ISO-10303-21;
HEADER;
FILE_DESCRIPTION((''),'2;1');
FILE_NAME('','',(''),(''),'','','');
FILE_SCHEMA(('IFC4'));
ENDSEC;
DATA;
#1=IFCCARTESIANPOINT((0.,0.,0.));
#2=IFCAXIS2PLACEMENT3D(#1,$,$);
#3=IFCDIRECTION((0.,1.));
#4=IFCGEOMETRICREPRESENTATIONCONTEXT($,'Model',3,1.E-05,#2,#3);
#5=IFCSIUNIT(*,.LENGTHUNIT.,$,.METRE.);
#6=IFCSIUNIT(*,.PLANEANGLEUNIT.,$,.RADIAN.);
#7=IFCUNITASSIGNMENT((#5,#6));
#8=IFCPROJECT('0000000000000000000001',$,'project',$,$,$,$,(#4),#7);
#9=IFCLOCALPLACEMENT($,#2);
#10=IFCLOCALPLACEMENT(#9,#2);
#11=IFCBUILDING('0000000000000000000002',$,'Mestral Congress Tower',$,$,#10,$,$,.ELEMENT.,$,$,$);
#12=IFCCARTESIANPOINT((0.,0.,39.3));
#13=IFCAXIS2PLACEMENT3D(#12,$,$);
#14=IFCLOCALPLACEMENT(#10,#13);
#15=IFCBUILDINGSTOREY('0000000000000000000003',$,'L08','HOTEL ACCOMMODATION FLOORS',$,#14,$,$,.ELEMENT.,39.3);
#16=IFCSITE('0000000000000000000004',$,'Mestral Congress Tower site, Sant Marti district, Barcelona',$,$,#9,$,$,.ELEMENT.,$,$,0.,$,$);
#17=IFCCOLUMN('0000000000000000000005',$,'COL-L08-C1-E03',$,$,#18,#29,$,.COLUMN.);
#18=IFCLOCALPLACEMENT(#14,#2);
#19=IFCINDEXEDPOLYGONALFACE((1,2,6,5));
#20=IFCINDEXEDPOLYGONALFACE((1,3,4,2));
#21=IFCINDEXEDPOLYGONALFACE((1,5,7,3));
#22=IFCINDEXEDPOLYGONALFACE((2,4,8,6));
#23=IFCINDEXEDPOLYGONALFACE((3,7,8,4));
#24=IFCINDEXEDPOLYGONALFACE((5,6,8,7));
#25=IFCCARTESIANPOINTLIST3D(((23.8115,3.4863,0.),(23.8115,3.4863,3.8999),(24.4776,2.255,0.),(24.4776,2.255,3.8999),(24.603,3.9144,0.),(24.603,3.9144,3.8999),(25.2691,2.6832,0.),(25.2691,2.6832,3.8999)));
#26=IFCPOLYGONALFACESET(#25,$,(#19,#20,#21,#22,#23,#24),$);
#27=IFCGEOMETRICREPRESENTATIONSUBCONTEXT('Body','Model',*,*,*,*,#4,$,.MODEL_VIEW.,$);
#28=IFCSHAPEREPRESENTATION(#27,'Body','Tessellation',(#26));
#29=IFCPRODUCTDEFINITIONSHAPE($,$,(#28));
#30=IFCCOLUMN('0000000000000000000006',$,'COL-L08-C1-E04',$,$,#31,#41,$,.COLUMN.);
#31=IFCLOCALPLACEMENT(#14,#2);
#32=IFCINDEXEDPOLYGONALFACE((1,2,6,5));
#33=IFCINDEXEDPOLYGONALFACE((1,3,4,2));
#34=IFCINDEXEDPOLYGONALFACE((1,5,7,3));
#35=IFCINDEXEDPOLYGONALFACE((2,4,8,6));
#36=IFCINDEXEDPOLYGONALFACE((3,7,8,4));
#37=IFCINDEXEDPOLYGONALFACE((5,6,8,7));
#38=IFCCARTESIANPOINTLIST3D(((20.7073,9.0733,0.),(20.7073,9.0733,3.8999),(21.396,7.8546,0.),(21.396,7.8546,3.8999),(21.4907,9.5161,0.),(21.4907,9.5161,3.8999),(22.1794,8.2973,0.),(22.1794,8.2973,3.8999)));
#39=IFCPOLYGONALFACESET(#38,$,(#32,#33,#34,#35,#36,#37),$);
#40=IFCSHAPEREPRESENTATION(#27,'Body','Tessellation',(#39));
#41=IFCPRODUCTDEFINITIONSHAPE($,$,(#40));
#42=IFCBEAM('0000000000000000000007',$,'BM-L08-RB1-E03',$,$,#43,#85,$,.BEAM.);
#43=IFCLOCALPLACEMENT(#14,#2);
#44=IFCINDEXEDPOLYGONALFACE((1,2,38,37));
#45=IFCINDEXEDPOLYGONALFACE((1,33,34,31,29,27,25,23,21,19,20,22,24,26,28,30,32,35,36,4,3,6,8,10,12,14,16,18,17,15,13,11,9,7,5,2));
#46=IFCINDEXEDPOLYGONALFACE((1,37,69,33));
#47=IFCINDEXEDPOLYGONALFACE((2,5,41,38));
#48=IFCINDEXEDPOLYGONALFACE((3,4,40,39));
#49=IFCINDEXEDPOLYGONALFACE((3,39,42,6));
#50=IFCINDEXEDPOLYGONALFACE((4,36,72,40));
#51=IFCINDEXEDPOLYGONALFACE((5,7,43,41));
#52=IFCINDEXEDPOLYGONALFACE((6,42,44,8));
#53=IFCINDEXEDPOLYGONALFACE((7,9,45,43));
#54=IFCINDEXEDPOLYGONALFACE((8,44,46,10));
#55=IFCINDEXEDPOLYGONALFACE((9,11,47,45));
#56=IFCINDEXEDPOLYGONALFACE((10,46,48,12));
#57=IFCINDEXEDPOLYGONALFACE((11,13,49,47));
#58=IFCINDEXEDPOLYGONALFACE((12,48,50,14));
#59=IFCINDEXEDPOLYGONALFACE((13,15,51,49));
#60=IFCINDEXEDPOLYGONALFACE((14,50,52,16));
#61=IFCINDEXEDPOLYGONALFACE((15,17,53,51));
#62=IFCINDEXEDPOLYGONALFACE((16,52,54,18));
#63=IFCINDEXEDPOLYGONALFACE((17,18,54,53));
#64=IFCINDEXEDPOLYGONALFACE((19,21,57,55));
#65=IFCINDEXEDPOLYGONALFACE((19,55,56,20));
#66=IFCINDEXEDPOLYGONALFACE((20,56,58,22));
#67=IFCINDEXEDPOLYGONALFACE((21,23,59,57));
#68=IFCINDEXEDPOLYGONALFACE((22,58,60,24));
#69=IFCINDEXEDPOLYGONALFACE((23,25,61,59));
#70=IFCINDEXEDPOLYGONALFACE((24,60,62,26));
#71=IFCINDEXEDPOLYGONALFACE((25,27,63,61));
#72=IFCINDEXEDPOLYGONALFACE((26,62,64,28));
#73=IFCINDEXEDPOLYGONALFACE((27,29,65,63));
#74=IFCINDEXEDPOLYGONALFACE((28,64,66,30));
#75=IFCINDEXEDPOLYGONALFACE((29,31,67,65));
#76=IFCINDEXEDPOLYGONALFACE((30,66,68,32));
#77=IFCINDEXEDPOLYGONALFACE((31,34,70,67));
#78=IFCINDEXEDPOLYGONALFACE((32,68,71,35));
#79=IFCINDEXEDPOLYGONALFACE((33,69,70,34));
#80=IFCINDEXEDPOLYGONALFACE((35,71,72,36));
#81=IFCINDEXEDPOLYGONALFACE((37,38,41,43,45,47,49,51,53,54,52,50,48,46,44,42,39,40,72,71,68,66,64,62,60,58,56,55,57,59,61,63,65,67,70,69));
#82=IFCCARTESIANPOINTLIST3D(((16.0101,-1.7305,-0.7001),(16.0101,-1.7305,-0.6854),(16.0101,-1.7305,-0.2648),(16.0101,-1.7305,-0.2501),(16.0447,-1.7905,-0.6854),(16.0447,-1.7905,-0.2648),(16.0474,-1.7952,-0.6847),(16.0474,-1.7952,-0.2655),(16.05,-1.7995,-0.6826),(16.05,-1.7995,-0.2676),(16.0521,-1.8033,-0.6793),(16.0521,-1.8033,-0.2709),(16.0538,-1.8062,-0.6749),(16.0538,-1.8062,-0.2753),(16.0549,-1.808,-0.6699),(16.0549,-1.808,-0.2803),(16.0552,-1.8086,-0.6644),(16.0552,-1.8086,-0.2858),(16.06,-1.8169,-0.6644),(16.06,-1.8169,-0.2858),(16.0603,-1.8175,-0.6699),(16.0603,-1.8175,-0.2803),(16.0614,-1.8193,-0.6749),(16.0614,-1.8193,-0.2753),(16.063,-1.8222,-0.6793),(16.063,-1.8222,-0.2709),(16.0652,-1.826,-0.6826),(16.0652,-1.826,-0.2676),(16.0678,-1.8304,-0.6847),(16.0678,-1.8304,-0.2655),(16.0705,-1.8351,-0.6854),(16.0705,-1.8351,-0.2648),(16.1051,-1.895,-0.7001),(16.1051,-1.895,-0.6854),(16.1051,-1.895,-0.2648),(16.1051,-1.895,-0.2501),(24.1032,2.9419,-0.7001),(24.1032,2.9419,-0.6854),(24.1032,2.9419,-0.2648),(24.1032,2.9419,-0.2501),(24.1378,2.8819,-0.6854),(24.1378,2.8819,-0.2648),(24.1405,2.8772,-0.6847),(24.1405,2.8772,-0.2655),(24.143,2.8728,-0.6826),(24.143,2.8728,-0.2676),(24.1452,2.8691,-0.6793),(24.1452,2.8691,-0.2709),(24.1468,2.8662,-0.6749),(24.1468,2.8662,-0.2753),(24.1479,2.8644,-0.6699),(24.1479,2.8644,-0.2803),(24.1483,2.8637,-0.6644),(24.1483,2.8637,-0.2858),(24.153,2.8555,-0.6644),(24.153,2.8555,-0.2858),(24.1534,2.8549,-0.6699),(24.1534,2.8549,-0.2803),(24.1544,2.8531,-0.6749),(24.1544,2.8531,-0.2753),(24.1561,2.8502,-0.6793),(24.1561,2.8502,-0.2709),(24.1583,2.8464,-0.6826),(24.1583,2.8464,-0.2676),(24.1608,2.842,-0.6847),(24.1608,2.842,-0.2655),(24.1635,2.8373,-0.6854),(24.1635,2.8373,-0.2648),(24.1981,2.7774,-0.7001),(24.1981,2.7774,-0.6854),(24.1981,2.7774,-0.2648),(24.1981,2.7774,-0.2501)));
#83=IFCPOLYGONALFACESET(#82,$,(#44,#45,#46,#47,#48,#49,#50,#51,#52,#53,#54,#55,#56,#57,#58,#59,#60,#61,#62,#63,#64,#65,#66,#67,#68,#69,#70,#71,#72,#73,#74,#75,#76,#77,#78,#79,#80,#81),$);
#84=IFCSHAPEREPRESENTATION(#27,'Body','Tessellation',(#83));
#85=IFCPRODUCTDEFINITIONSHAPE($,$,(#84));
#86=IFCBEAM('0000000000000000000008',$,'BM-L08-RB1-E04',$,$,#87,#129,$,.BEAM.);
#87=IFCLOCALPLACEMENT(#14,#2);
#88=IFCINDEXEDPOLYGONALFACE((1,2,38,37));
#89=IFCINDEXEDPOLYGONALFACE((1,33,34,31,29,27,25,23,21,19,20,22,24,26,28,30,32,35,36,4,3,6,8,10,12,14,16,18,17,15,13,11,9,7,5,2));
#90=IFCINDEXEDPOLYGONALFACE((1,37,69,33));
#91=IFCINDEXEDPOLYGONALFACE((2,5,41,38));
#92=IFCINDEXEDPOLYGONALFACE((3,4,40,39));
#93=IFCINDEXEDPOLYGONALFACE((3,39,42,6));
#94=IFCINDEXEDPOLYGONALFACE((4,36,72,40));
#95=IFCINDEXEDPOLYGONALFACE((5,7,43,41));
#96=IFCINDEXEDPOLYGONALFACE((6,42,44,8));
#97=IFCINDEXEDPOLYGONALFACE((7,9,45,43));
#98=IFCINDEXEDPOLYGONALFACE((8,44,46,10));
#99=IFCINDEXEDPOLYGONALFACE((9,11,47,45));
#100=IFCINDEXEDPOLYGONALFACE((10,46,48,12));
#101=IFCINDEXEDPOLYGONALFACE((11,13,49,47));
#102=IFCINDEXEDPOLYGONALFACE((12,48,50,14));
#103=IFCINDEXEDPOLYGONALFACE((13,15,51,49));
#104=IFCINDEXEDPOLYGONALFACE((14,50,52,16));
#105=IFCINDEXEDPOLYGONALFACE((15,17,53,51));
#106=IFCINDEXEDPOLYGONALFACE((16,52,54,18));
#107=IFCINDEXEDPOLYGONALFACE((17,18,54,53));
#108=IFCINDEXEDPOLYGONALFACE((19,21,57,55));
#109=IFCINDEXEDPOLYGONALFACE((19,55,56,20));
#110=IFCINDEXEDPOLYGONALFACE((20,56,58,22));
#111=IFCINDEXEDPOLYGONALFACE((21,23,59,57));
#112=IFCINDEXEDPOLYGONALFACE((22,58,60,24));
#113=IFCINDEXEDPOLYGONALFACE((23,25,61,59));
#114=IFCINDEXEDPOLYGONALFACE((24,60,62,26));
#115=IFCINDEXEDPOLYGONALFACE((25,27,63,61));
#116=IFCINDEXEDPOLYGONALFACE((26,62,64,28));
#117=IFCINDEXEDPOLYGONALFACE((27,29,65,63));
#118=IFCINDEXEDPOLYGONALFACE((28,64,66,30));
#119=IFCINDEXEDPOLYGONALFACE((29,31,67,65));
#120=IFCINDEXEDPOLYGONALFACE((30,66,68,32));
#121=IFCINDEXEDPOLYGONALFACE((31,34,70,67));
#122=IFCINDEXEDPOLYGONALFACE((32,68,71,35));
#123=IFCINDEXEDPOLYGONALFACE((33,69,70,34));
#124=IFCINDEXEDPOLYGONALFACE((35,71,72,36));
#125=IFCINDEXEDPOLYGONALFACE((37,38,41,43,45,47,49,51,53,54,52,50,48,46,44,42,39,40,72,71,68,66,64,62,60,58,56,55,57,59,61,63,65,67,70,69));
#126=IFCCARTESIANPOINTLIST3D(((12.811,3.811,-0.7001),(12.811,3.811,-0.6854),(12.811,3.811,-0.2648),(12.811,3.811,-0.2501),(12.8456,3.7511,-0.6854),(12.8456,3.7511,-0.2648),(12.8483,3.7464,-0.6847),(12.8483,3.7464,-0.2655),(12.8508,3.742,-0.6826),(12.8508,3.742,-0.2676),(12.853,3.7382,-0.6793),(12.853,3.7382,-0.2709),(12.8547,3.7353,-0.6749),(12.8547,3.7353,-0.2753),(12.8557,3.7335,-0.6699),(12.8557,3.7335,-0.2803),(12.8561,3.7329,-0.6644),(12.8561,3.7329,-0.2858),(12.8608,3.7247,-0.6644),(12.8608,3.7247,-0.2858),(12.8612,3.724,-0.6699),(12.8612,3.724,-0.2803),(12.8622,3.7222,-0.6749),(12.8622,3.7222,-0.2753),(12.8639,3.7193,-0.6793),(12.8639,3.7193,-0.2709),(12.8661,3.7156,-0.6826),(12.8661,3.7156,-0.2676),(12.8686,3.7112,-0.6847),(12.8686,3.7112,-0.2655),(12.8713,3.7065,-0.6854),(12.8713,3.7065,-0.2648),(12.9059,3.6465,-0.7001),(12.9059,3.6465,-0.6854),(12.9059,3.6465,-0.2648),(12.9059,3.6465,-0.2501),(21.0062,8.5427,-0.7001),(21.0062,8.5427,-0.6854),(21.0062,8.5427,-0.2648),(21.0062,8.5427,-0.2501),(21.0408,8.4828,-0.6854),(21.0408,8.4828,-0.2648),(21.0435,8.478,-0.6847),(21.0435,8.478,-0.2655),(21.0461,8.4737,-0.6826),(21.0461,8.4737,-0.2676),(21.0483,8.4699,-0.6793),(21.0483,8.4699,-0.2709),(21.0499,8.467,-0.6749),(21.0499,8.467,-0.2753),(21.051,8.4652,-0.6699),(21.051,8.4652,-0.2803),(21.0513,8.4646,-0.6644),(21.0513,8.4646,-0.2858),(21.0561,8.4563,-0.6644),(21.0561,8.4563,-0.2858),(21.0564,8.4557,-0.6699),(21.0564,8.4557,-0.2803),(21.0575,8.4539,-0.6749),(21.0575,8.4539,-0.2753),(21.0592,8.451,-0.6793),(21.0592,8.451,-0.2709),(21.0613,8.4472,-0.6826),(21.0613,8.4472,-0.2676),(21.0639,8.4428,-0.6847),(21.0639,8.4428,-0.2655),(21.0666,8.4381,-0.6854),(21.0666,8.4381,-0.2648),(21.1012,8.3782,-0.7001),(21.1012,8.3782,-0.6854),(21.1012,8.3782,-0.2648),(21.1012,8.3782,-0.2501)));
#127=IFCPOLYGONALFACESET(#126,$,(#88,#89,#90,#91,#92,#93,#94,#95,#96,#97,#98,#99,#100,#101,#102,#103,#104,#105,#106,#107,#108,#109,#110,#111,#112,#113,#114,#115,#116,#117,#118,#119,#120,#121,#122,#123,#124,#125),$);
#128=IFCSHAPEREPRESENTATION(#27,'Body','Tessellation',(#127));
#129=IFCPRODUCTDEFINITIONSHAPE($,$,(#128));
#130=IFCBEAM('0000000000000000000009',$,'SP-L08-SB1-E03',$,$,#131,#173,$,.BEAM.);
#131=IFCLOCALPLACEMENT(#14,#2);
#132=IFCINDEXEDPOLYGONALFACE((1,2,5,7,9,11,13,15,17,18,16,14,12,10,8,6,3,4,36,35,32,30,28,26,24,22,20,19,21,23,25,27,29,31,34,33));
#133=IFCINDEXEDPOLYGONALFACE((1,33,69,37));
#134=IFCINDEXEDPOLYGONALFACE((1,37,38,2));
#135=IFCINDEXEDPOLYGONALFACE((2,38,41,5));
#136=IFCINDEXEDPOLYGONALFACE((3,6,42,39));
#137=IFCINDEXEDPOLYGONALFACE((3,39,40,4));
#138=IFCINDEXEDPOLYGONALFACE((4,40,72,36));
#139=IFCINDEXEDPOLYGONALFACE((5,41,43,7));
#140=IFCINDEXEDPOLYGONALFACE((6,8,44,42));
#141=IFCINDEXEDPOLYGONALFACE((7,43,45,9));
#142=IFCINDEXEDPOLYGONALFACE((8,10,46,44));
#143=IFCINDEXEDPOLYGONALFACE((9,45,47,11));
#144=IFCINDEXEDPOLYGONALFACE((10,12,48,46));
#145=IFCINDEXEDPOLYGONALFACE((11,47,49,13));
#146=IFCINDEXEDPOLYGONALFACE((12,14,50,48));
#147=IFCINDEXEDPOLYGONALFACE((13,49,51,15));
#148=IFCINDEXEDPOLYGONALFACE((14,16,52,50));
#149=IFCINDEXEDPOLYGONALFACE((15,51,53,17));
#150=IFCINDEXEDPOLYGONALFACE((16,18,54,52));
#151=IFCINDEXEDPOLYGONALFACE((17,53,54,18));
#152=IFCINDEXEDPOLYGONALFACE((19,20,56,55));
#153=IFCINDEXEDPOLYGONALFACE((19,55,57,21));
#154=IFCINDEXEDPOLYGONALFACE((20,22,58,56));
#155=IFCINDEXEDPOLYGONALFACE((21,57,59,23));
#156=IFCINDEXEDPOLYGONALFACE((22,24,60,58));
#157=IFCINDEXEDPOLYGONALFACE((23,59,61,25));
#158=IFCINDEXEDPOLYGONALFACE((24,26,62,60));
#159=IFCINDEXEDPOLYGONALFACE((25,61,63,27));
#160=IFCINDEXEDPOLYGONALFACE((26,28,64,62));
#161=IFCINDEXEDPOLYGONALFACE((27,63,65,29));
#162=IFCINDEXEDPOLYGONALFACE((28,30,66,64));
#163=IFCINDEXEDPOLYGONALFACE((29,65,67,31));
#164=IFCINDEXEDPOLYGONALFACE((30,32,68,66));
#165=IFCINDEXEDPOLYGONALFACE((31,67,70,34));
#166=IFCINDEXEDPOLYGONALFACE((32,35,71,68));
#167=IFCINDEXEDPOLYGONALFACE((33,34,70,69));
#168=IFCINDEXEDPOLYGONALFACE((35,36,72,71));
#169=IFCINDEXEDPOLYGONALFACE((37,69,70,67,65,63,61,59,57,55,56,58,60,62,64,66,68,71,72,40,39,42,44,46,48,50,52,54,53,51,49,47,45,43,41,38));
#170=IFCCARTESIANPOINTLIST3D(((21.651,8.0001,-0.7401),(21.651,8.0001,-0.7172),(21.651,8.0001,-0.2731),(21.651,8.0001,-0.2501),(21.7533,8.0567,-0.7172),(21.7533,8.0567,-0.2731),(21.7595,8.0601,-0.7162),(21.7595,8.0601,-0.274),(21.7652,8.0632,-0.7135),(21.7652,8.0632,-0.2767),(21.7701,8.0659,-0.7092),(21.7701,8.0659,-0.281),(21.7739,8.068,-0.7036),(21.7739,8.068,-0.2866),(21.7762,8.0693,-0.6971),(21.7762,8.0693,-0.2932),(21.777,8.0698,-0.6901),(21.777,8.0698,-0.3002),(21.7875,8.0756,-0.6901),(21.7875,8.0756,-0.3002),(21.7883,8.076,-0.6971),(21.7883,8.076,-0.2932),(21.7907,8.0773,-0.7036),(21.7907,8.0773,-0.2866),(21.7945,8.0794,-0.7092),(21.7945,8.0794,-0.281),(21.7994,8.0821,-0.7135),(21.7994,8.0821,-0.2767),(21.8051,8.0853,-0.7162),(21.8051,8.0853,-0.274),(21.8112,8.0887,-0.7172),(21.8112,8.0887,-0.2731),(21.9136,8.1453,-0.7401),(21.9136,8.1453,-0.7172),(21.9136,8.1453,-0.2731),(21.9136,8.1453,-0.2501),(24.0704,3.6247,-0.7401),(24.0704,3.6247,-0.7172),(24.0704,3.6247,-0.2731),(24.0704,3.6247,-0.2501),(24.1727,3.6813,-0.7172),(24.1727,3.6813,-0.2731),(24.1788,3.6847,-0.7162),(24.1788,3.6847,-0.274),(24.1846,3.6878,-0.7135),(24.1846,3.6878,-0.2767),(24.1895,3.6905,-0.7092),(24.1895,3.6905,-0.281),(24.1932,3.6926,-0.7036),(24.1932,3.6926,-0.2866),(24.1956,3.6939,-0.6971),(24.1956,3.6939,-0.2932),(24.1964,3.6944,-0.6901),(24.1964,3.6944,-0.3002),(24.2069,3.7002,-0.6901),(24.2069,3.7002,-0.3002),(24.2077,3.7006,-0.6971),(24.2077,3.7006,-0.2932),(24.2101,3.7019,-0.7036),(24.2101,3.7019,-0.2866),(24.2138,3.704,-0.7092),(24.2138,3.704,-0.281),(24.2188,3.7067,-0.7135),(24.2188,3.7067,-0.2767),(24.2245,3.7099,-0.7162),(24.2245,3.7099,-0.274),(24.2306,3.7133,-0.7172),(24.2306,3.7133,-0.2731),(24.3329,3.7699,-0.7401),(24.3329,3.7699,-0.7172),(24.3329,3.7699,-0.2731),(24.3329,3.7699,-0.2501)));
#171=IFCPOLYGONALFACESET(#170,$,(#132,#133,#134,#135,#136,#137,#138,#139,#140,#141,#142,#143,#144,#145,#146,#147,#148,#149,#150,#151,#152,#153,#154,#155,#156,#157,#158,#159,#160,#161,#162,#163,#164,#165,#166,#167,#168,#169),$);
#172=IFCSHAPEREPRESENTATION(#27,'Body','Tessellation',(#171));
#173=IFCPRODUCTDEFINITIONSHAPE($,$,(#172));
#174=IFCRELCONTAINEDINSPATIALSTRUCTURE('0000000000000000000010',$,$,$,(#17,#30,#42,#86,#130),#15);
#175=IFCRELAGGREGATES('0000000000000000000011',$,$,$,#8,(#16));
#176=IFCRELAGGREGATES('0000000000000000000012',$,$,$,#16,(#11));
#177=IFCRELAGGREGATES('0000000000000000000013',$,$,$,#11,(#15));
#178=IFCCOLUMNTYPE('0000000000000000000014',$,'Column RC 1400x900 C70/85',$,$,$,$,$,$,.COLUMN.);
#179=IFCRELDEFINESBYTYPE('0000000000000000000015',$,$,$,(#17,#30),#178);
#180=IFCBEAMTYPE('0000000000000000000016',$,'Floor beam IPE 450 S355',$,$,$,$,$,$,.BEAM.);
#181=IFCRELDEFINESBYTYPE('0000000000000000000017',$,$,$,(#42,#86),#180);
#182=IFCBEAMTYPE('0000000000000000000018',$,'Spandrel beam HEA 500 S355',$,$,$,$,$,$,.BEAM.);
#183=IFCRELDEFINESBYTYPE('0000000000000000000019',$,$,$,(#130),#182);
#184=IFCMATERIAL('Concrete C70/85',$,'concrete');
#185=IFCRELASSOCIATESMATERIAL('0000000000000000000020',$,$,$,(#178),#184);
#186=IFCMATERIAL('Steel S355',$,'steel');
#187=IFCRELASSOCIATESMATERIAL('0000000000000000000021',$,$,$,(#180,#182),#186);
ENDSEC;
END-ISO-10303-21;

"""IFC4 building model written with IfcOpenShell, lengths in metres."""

from ifc_helpers import new_model, si_unit, direction, frame, origin, origin_2d, place, context, subcontext, project, spatial, rectangle, i_section, extrude, material, material_profile, profile_set, type_object, element, save


model = new_model("IFC4")

# Units and contexts
model_context = context("Model", 3, precision=1e-05, world=origin(), true_north=direction((0.0, 1.0)))
body_context = subcontext(model_context, "Body", "Model", "MODEL_VIEW")
ifc_project = project(units=[si_unit("LENGTHUNIT", "METRE"), si_unit("PLANEANGLEUNIT", "RADIAN")], contexts=[model_context])

# Site, building, storey
site_placement = place(None, origin())
site = spatial("IfcSite", under=ifc_project, at=site_placement, Name="Mestral Congress Tower site, Sant Marti district, Barcelona", CompositionType="ELEMENT", RefElevation=0.0)
building_placement = place(site_placement, origin())
building = spatial("IfcBuilding", under=site, at=building_placement, Name="Mestral Congress Tower", CompositionType="ELEMENT")
storey_placement = place(building_placement, frame((0.0, 0.0, 39.3)))
storey = spatial("IfcBuildingStorey", under=building, at=storey_placement, Name="L08", Description="HOTEL ACCOMMODATION FLOORS", CompositionType="ELEMENT", Elevation=39.3)

# Columns
ifc_material_1 = material(Name="Concrete C70/85", Category="concrete")
ifc_material_profile_1 = material_profile(ifc_material_1, rectangle(XDim=1.3999, YDim=0.8999, at=origin_2d()), Name="RC 1400x900")
ifc_profile_set_1 = profile_set([ifc_material_profile_1], Name="Concrete C70/85")
column_type = type_object("IfcColumnType", Name="Column RC 1400x900 C70/85", PredefinedType="COLUMN", material=ifc_profile_set_1)
for number, where, z_axis, x_axis, name in (
    (1, (24.5403, 3.0847, 0.0), (0.0, 0.0, 1.0), (-0.475796, 0.879556, 0.0), "COL-L08-C1-E03"),
    (2, (21.4434, 8.6853, 0.0), (0.0, 0.0, 1.0), (-0.491974, 0.87061, 0.0), "COL-L08-C1-E04"),
):
    element("IfcColumn", number, at=place(storey_placement, frame(where, z_axis=z_axis, x_axis=x_axis)), inside=storey, type_object=column_type, Name=name, PredefinedType="COLUMN", context=body_context, shape_type="SweptSolid", body=[
        extrude(rectangle(XDim=1.3999, YDim=0.8999, at=origin_2d()), origin(), (0.0, 0.0, 1.0), 3.8999),
    ])

# Beams
ifc_material_2 = material(Name="Steel S355", Category="steel")
ifc_material_profile_2 = material_profile(ifc_material_2, i_section(OverallWidth=0.1899, OverallDepth=0.45, WebThickness=0.0095, FlangeThickness=0.0146, FilletRadius=0.021, at=origin_2d()), Name="IPE 450")
ifc_profile_set_2 = profile_set([ifc_material_profile_2], Name="Steel S355")
beam_type_1 = type_object("IfcBeamType", Name="Floor beam IPE 450 S355", PredefinedType="BEAM", material=ifc_profile_set_2)
beam_1_placement = place(storey_placement, frame((24.1506, 2.8596, -0.4751), z_axis=(-0.866032, -0.499989, 0.0), x_axis=(0.499989, -0.866032, 0.0)))
element("IfcBeam", 3, at=beam_1_placement, inside=storey, type_object=beam_type_1, Name="BM-L08-RB1-E03", PredefinedType="BEAM", context=body_context, shape_type="SweptSolid", body=[
    extrude(i_section(OverallWidth=0.1899, OverallDepth=0.45, WebThickness=0.0095, FlangeThickness=0.0146, FilletRadius=0.021, at=origin_2d()), origin(), (0.0, 0.0, 1.0), 9.345),
])
beam_2_placement = place(storey_placement, frame((21.0537, 8.4604, -0.4751), z_axis=(-0.86602, -0.50001, 0.0), x_axis=(0.50001, -0.86602, 0.0)))
element("IfcBeam", 4, at=beam_2_placement, inside=storey, type_object=beam_type_1, Name="BM-L08-RB1-E04", PredefinedType="BEAM", context=body_context, shape_type="SweptSolid", body=[
    extrude(i_section(OverallWidth=0.1899, OverallDepth=0.45, WebThickness=0.0095, FlangeThickness=0.0146, FilletRadius=0.021, at=origin_2d()), origin(), (0.0, 0.0, 1.0), 9.4631),
])
ifc_material_profile_3 = material_profile(ifc_material_2, i_section(OverallWidth=0.3, OverallDepth=0.49, WebThickness=0.012, FlangeThickness=0.0229, FilletRadius=0.0271, at=origin_2d()), Name="HEA 500")
ifc_profile_set_3 = profile_set([ifc_material_profile_3], Name="Steel S355")
beam_type_2 = type_object("IfcBeamType", Name="Spandrel beam HEA 500 S355", PredefinedType="BEAM", material=ifc_profile_set_3)
for number, where, z_axis, x_axis, name in (
    (5, (24.2017, 3.6973, -0.4951), (-0.483901, 0.875123, 0.0), (-0.875123, -0.483901, 0.0), "SP-L08-SB1-E03"),
):
    element("IfcBeam", number, at=place(storey_placement, frame(where, z_axis=z_axis, x_axis=x_axis)), inside=storey, type_object=beam_type_2, Name=name, PredefinedType="BEAM", context=body_context, shape_type="SweptSolid", body=[
        extrude(i_section(OverallWidth=0.3, OverallDepth=0.49, WebThickness=0.012, FlangeThickness=0.0229, FilletRadius=0.0271, at=origin_2d()), origin(), (0.0, 0.0, 1.0), 4.9998),
    ])

save(model, "model.ifc")
